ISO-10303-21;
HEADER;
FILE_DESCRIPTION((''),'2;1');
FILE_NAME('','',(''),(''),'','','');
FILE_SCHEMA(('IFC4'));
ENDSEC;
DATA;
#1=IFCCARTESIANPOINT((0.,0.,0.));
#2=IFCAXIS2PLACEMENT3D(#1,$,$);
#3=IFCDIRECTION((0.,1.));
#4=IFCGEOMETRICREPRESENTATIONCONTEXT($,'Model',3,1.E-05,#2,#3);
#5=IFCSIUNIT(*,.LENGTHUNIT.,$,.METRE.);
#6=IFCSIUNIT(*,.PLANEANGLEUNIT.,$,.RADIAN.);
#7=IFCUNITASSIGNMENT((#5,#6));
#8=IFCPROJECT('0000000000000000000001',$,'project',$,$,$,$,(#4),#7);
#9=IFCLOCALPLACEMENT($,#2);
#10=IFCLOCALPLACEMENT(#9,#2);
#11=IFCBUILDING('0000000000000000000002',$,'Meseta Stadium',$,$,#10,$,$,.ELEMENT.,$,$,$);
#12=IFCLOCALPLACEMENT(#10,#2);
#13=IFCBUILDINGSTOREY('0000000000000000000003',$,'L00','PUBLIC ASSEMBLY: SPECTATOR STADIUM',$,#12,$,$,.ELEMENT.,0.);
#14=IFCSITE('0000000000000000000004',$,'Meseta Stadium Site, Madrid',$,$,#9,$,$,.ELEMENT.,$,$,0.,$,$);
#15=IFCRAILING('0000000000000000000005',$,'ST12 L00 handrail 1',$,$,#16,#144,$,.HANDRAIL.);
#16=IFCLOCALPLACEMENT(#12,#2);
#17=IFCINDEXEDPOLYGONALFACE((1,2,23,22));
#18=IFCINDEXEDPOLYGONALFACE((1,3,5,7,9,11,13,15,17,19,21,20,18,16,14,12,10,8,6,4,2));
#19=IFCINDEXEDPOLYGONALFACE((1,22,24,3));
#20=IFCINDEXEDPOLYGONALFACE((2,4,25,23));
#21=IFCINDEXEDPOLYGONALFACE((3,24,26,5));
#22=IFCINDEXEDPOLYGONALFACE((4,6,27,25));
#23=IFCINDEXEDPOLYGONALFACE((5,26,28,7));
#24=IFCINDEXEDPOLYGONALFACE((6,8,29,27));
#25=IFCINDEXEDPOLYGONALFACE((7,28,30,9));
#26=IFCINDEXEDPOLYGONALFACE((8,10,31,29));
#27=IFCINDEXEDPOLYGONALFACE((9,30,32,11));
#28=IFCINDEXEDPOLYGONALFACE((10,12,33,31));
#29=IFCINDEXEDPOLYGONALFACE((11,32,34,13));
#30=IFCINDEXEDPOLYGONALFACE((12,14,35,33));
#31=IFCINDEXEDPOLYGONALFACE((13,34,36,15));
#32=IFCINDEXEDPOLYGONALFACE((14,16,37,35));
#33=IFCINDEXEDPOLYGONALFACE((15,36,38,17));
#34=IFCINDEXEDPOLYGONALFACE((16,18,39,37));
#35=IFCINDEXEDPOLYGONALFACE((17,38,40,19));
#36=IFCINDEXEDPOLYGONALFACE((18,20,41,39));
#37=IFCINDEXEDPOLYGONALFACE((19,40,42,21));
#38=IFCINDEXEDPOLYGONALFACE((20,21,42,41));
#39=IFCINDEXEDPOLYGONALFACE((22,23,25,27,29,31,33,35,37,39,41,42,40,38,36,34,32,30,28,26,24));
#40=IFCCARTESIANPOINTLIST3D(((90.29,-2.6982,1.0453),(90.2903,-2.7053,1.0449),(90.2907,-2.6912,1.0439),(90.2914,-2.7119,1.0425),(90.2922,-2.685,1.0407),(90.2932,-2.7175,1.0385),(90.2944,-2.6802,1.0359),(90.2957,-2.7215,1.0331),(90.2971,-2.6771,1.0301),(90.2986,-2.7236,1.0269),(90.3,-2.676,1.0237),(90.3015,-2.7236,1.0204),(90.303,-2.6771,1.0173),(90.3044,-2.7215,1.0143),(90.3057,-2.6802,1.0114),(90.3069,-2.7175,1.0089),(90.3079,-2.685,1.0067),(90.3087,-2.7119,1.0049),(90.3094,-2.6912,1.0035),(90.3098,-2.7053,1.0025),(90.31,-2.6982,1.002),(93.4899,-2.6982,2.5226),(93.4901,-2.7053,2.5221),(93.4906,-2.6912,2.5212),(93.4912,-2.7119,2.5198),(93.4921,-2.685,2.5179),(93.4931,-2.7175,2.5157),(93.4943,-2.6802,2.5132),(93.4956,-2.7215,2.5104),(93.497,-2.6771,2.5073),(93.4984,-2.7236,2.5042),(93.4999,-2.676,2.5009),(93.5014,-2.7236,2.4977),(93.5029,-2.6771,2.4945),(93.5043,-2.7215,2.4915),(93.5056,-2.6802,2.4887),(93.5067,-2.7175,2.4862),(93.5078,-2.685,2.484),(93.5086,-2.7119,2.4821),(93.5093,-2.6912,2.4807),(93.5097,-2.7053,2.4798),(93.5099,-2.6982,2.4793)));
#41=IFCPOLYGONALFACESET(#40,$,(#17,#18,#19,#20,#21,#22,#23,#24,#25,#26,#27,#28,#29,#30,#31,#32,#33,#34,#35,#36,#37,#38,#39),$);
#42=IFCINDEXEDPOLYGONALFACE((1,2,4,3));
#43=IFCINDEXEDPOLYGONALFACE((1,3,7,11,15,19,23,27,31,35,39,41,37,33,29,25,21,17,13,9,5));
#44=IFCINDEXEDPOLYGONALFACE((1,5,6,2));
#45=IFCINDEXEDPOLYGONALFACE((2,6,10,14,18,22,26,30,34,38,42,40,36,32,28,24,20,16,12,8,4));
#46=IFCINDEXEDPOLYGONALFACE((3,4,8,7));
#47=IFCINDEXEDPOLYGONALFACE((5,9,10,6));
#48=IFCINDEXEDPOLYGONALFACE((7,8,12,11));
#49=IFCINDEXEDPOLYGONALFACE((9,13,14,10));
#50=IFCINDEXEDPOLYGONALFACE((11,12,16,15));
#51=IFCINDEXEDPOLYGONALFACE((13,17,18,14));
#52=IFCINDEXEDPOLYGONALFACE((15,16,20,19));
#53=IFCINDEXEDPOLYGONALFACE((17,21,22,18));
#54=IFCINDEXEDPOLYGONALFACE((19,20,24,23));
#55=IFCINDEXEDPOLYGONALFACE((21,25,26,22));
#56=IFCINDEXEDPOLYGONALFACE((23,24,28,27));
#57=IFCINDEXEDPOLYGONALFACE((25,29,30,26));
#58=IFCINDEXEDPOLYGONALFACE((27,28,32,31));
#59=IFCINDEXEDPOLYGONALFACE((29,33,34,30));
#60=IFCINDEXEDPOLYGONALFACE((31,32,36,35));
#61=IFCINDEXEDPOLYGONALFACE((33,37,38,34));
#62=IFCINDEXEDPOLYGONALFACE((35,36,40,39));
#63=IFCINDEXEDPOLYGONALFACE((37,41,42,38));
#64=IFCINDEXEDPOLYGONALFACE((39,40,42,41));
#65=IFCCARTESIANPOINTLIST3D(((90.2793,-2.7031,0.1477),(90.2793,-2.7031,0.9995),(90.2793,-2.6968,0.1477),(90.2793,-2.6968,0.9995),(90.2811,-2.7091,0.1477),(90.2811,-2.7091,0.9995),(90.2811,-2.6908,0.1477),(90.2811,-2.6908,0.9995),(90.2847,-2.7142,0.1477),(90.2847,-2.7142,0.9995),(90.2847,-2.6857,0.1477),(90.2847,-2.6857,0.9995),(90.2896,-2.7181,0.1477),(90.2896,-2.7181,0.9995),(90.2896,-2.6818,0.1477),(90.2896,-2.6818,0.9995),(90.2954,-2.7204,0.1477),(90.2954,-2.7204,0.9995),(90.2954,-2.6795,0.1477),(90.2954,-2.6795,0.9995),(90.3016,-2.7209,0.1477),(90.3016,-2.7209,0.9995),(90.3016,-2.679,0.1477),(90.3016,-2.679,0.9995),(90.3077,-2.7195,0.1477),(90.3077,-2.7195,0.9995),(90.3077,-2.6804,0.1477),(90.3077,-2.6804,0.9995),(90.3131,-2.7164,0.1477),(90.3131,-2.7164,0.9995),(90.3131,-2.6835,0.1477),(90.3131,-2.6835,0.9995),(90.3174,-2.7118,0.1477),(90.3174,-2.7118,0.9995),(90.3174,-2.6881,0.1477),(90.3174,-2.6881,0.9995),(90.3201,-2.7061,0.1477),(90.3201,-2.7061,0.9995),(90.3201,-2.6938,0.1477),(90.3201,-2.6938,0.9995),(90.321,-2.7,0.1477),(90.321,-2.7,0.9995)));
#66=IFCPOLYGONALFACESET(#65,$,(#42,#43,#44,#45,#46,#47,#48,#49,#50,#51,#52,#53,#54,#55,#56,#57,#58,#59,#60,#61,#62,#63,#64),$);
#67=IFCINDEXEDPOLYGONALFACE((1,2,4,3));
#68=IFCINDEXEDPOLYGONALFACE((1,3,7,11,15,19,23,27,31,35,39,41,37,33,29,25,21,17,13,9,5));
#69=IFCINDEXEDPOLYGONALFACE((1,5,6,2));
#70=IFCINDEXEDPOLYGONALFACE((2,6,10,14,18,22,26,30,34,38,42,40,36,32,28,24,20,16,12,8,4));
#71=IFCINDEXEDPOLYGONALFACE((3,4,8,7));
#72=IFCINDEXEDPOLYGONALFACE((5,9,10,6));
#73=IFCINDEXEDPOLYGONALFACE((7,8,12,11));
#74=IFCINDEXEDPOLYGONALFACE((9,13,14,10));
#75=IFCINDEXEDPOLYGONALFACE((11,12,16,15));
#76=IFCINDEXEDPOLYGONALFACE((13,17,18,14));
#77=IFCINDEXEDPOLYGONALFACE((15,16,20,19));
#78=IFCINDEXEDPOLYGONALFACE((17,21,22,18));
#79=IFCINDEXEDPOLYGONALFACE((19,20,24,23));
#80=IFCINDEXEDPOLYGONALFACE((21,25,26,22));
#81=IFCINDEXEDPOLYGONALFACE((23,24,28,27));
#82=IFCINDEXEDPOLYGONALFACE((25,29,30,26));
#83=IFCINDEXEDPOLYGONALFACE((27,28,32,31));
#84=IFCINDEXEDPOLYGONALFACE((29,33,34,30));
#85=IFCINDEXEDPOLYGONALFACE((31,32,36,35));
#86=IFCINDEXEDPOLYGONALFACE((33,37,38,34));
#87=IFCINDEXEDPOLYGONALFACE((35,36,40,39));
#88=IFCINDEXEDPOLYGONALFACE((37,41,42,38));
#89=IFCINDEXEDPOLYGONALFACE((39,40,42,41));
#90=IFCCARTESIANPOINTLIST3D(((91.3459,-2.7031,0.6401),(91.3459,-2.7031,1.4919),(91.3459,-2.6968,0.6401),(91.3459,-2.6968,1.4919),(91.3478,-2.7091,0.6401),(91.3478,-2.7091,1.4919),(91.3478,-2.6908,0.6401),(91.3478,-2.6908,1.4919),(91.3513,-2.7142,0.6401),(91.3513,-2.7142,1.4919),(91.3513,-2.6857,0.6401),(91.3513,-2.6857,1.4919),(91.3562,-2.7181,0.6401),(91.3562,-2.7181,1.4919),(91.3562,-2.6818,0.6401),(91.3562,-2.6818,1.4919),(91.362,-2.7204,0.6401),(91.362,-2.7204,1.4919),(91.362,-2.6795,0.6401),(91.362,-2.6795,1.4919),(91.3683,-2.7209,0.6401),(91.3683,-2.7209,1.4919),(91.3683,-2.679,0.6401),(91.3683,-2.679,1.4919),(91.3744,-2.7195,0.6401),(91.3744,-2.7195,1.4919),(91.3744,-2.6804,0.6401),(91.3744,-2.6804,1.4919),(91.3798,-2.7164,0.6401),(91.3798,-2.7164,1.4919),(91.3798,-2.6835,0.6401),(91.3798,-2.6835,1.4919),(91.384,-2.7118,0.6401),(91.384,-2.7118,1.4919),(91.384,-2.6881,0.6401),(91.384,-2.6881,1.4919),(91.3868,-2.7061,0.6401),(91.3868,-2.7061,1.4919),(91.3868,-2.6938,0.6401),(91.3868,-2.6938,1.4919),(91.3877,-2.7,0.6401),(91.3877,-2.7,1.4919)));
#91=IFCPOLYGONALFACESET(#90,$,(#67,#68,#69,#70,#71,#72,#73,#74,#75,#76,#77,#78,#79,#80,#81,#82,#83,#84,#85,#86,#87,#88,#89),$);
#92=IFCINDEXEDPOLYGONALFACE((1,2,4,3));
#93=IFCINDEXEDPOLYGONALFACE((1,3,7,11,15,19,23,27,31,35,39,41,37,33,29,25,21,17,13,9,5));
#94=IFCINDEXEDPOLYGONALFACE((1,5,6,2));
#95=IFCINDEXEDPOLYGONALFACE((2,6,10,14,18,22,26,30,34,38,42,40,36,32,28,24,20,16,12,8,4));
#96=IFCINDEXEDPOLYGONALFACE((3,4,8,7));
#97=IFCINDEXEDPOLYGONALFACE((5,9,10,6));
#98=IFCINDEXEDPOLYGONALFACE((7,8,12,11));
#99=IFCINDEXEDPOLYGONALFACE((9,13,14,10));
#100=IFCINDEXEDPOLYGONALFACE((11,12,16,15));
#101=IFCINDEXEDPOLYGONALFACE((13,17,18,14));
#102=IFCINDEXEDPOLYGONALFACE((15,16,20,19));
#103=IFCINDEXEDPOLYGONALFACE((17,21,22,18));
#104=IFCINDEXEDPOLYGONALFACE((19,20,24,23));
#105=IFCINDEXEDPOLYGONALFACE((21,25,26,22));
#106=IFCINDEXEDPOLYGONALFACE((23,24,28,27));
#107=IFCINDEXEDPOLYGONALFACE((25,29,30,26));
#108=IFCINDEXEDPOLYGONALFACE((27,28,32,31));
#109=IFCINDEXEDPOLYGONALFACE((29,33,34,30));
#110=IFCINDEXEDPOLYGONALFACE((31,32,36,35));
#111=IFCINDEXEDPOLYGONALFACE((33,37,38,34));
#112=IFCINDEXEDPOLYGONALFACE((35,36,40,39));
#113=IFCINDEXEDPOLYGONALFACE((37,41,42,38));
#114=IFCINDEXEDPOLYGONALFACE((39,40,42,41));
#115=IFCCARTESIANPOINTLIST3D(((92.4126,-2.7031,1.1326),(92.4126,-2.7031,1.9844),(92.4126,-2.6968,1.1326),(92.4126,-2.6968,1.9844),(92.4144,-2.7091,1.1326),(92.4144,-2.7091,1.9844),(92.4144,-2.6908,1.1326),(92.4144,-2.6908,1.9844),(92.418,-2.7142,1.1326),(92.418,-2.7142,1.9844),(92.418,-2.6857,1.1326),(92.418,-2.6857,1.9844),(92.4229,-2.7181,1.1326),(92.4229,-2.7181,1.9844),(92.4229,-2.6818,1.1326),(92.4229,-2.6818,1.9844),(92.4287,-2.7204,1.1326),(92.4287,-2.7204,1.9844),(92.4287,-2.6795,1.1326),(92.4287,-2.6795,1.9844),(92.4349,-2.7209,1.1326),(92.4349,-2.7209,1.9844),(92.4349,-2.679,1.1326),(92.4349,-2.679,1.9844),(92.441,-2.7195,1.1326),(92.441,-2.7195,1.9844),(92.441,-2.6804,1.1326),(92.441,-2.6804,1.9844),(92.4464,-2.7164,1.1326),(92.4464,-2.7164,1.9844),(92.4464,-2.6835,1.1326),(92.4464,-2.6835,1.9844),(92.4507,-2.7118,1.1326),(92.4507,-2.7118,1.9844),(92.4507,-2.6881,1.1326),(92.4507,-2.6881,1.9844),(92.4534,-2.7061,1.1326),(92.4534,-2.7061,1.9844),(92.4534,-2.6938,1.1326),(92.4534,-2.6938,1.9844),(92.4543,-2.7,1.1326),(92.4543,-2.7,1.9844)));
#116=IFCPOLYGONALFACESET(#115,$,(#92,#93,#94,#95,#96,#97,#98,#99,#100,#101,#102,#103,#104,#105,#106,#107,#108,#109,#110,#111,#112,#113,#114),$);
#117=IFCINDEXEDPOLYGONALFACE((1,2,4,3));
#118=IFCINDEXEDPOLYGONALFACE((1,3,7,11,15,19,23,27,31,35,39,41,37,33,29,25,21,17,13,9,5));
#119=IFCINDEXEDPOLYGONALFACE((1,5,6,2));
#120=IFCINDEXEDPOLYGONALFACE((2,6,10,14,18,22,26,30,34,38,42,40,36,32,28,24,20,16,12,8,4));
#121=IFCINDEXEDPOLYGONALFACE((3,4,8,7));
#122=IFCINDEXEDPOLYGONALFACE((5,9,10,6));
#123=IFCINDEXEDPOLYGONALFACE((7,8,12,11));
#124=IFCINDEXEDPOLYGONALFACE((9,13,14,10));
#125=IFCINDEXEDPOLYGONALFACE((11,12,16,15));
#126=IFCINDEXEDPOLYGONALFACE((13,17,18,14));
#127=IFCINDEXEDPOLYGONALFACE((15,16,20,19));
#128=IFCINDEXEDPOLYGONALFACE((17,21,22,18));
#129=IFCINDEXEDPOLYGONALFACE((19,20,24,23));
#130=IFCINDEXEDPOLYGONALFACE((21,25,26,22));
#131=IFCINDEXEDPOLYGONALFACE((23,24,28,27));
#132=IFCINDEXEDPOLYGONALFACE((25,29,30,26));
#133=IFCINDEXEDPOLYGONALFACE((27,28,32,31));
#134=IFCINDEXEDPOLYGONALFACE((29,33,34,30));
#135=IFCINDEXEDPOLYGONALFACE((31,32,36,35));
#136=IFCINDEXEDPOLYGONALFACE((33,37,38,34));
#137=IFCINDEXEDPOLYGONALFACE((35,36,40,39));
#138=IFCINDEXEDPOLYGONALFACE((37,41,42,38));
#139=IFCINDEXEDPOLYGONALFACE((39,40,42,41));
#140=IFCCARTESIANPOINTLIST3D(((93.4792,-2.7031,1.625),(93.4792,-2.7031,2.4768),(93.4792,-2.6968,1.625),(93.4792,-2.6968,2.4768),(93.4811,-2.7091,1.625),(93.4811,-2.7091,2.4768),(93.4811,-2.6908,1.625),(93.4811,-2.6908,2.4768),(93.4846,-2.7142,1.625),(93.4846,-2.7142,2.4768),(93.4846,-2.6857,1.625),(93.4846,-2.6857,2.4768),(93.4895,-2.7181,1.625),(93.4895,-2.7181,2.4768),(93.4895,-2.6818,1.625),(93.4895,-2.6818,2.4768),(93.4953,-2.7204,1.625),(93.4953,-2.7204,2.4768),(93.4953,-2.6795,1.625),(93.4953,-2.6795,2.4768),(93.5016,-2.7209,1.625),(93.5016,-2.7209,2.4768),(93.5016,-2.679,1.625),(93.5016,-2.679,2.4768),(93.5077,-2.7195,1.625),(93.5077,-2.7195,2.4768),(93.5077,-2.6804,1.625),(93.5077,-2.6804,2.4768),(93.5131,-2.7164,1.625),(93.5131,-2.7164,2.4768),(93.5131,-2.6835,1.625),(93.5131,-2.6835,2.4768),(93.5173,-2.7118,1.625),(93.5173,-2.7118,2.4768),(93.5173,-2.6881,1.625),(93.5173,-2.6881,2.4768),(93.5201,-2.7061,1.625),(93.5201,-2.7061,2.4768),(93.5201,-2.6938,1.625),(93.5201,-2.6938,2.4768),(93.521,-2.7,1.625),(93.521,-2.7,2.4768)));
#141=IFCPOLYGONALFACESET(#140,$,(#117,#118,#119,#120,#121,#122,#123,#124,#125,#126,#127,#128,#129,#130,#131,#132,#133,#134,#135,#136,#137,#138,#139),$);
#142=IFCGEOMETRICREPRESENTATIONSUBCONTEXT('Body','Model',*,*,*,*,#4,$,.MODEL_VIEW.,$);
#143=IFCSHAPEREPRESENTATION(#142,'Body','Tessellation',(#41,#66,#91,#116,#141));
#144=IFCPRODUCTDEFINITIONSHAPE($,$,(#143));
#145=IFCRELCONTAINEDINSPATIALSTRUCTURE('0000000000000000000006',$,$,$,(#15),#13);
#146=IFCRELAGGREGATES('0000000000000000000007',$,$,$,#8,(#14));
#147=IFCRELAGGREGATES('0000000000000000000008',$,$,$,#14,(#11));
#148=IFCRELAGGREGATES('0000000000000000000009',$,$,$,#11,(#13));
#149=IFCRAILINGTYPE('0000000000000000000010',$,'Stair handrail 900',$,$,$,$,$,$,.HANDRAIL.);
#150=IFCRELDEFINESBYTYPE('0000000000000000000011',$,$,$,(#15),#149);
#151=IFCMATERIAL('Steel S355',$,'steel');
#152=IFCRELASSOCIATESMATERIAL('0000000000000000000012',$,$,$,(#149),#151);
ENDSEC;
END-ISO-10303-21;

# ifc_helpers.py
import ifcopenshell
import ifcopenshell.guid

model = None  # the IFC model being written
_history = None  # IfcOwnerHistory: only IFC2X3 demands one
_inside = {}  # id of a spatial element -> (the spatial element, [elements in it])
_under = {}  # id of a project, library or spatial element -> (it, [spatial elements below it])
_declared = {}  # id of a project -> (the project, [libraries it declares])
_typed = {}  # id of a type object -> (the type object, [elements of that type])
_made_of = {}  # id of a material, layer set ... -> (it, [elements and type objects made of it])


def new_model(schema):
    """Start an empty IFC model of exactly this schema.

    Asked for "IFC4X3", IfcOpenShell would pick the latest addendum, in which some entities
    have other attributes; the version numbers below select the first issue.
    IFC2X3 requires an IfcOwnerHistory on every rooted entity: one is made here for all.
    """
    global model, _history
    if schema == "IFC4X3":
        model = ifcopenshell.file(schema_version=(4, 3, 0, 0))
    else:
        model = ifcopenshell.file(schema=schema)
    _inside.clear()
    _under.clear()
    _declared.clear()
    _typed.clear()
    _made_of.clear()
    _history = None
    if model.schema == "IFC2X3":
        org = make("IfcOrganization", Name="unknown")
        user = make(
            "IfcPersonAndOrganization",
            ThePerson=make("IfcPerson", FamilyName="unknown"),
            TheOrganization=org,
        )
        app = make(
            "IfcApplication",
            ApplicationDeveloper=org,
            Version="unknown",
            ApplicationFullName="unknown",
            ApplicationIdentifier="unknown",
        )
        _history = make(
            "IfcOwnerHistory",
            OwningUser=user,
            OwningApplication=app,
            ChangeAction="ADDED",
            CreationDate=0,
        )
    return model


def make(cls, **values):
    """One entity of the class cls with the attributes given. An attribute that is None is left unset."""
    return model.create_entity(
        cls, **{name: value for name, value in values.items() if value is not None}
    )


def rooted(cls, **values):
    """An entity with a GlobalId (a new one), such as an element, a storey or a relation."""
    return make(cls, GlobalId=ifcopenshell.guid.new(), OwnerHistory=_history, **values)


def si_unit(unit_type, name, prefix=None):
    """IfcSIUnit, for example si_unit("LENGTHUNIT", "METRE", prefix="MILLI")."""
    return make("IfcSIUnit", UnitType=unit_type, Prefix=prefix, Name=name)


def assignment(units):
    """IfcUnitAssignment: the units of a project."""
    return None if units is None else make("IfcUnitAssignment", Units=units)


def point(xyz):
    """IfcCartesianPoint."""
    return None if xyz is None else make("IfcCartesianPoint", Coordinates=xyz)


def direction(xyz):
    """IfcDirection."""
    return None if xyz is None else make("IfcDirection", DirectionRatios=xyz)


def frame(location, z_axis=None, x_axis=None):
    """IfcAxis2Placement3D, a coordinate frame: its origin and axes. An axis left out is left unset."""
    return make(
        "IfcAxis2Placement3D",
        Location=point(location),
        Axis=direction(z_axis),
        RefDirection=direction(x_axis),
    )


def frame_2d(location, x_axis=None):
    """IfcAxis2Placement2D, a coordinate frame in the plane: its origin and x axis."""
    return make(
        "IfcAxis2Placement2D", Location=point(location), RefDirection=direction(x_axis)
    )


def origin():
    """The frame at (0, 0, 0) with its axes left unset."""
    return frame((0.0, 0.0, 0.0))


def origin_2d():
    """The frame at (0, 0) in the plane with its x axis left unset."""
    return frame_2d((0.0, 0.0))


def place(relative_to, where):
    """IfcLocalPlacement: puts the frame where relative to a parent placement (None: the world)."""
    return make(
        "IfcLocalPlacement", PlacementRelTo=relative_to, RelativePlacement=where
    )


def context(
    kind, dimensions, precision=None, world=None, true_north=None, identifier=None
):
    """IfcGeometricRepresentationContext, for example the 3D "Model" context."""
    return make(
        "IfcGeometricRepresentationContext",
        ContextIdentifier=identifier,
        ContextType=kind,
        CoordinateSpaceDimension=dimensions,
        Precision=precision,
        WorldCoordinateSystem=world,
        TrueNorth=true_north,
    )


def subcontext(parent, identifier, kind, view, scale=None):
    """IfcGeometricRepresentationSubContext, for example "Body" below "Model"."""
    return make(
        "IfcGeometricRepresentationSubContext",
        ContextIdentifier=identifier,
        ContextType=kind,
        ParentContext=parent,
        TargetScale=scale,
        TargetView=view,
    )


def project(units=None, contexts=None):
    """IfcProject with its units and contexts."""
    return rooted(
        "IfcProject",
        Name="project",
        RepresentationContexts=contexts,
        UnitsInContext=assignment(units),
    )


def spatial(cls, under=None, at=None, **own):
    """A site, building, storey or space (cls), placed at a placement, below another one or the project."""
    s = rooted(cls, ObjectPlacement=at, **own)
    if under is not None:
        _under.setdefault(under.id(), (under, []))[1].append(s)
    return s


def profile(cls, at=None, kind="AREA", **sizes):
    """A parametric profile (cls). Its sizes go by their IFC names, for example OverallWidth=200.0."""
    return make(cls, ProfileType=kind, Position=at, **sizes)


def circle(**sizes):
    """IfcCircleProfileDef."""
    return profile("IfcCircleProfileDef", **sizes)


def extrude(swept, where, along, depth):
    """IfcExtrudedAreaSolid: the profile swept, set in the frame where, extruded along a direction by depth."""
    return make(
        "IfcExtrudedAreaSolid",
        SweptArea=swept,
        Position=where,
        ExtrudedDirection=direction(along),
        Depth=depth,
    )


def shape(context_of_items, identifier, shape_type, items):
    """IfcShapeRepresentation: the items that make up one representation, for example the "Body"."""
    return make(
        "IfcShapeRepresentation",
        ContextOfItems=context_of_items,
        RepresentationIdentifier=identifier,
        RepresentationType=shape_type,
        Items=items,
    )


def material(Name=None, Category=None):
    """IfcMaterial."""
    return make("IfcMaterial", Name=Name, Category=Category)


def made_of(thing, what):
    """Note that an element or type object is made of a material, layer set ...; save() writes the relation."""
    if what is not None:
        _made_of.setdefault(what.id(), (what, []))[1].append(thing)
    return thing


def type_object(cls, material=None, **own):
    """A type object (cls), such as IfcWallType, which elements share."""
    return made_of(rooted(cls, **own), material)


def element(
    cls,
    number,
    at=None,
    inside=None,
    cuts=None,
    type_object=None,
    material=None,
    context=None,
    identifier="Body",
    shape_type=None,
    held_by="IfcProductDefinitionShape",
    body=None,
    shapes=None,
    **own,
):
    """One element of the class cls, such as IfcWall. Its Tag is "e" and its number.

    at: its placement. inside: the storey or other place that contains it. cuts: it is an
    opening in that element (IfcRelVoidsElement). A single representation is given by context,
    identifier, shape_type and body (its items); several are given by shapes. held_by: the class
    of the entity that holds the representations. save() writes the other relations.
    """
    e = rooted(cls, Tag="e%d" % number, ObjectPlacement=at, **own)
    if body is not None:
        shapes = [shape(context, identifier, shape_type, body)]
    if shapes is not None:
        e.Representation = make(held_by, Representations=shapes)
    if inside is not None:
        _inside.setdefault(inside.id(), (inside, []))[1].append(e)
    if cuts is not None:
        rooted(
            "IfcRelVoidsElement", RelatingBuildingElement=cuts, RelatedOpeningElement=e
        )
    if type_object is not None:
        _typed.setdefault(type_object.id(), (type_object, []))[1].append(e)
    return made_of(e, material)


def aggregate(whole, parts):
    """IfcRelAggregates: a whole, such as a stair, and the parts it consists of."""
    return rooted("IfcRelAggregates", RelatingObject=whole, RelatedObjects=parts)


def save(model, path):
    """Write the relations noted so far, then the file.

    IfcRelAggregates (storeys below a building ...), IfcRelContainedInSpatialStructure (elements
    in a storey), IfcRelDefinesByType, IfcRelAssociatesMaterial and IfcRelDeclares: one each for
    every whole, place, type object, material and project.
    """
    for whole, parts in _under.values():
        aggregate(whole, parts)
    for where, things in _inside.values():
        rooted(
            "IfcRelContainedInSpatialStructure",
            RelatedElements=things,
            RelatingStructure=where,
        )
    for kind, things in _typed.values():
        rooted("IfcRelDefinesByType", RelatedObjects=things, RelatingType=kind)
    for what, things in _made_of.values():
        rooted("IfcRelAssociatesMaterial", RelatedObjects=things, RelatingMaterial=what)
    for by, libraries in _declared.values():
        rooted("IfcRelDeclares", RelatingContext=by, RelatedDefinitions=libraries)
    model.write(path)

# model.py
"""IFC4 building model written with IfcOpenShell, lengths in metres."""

from ifc_helpers import new_model, si_unit, direction, frame, origin, origin_2d, place, context, subcontext, project, spatial, circle, extrude, material, type_object, element, save


model = new_model("IFC4")

# Units and contexts
model_context = context("Model", 3, precision=1e-05, world=origin(), true_north=direction((0.0, 1.0)))
body_context = subcontext(model_context, "Body", "Model", "MODEL_VIEW")
ifc_project = project(units=[si_unit("LENGTHUNIT", "METRE"), si_unit("PLANEANGLEUNIT", "RADIAN")], contexts=[model_context])

# Site, building, storey
site_placement = place(None, origin())
site = spatial("IfcSite", under=ifc_project, at=site_placement, Name="Meseta Stadium Site, Madrid", CompositionType="ELEMENT", RefElevation=0.0)
building_placement = place(site_placement, origin())
building = spatial("IfcBuilding", under=site, at=building_placement, Name="Meseta Stadium", CompositionType="ELEMENT")
storey_placement = place(building_placement, origin())
storey = spatial("IfcBuildingStorey", under=building, at=storey_placement, Name="L00", Description="PUBLIC ASSEMBLY: SPECTATOR STADIUM", CompositionType="ELEMENT", Elevation=0.0)

# Railing
ifc_material_1 = material(Name="Steel S355", Category="steel")
railing_type_1 = type_object("IfcRailingType", Name="Stair handrail 900", PredefinedType="HANDRAIL", material=ifc_material_1)
for number, where, name in (
    (1, (90.3, -2.7, 0.1477), "ST12 L00 handrail 1"),
):
    element("IfcRailing", number, at=place(storey_placement, frame(where)), inside=storey, type_object=railing_type_1, Name=name, PredefinedType="HANDRAIL", context=body_context, shape_type="SweptSolid", body=[
        extrude(circle(Radius=0.0239, at=origin_2d()), frame((0.0, 0.0, 0.876), z_axis=(0.907917, 0.0, 0.41915), x_axis=(0.0, 1.0, 0.0)), (0.0, 0.0, 1.0), 3.5244),
        extrude(circle(Radius=0.021, at=origin_2d()), origin(), (0.0, 0.0, 1.0), 0.8518),
        extrude(circle(Radius=0.021, at=origin_2d()), frame((1.0667, 0.0, 0.4924)), (0.0, 0.0, 1.0), 0.8518),
        extrude(circle(Radius=0.021, at=origin_2d()), frame((2.1333, 0.0, 0.9849)), (0.0, 0.0, 1.0), 0.8518),
        extrude(circle(Radius=0.021, at=origin_2d()), frame((3.2, 0.0, 1.4773)), (0.0, 0.0, 1.0), 0.8518),
    ])

save(model, "model.ifc")
